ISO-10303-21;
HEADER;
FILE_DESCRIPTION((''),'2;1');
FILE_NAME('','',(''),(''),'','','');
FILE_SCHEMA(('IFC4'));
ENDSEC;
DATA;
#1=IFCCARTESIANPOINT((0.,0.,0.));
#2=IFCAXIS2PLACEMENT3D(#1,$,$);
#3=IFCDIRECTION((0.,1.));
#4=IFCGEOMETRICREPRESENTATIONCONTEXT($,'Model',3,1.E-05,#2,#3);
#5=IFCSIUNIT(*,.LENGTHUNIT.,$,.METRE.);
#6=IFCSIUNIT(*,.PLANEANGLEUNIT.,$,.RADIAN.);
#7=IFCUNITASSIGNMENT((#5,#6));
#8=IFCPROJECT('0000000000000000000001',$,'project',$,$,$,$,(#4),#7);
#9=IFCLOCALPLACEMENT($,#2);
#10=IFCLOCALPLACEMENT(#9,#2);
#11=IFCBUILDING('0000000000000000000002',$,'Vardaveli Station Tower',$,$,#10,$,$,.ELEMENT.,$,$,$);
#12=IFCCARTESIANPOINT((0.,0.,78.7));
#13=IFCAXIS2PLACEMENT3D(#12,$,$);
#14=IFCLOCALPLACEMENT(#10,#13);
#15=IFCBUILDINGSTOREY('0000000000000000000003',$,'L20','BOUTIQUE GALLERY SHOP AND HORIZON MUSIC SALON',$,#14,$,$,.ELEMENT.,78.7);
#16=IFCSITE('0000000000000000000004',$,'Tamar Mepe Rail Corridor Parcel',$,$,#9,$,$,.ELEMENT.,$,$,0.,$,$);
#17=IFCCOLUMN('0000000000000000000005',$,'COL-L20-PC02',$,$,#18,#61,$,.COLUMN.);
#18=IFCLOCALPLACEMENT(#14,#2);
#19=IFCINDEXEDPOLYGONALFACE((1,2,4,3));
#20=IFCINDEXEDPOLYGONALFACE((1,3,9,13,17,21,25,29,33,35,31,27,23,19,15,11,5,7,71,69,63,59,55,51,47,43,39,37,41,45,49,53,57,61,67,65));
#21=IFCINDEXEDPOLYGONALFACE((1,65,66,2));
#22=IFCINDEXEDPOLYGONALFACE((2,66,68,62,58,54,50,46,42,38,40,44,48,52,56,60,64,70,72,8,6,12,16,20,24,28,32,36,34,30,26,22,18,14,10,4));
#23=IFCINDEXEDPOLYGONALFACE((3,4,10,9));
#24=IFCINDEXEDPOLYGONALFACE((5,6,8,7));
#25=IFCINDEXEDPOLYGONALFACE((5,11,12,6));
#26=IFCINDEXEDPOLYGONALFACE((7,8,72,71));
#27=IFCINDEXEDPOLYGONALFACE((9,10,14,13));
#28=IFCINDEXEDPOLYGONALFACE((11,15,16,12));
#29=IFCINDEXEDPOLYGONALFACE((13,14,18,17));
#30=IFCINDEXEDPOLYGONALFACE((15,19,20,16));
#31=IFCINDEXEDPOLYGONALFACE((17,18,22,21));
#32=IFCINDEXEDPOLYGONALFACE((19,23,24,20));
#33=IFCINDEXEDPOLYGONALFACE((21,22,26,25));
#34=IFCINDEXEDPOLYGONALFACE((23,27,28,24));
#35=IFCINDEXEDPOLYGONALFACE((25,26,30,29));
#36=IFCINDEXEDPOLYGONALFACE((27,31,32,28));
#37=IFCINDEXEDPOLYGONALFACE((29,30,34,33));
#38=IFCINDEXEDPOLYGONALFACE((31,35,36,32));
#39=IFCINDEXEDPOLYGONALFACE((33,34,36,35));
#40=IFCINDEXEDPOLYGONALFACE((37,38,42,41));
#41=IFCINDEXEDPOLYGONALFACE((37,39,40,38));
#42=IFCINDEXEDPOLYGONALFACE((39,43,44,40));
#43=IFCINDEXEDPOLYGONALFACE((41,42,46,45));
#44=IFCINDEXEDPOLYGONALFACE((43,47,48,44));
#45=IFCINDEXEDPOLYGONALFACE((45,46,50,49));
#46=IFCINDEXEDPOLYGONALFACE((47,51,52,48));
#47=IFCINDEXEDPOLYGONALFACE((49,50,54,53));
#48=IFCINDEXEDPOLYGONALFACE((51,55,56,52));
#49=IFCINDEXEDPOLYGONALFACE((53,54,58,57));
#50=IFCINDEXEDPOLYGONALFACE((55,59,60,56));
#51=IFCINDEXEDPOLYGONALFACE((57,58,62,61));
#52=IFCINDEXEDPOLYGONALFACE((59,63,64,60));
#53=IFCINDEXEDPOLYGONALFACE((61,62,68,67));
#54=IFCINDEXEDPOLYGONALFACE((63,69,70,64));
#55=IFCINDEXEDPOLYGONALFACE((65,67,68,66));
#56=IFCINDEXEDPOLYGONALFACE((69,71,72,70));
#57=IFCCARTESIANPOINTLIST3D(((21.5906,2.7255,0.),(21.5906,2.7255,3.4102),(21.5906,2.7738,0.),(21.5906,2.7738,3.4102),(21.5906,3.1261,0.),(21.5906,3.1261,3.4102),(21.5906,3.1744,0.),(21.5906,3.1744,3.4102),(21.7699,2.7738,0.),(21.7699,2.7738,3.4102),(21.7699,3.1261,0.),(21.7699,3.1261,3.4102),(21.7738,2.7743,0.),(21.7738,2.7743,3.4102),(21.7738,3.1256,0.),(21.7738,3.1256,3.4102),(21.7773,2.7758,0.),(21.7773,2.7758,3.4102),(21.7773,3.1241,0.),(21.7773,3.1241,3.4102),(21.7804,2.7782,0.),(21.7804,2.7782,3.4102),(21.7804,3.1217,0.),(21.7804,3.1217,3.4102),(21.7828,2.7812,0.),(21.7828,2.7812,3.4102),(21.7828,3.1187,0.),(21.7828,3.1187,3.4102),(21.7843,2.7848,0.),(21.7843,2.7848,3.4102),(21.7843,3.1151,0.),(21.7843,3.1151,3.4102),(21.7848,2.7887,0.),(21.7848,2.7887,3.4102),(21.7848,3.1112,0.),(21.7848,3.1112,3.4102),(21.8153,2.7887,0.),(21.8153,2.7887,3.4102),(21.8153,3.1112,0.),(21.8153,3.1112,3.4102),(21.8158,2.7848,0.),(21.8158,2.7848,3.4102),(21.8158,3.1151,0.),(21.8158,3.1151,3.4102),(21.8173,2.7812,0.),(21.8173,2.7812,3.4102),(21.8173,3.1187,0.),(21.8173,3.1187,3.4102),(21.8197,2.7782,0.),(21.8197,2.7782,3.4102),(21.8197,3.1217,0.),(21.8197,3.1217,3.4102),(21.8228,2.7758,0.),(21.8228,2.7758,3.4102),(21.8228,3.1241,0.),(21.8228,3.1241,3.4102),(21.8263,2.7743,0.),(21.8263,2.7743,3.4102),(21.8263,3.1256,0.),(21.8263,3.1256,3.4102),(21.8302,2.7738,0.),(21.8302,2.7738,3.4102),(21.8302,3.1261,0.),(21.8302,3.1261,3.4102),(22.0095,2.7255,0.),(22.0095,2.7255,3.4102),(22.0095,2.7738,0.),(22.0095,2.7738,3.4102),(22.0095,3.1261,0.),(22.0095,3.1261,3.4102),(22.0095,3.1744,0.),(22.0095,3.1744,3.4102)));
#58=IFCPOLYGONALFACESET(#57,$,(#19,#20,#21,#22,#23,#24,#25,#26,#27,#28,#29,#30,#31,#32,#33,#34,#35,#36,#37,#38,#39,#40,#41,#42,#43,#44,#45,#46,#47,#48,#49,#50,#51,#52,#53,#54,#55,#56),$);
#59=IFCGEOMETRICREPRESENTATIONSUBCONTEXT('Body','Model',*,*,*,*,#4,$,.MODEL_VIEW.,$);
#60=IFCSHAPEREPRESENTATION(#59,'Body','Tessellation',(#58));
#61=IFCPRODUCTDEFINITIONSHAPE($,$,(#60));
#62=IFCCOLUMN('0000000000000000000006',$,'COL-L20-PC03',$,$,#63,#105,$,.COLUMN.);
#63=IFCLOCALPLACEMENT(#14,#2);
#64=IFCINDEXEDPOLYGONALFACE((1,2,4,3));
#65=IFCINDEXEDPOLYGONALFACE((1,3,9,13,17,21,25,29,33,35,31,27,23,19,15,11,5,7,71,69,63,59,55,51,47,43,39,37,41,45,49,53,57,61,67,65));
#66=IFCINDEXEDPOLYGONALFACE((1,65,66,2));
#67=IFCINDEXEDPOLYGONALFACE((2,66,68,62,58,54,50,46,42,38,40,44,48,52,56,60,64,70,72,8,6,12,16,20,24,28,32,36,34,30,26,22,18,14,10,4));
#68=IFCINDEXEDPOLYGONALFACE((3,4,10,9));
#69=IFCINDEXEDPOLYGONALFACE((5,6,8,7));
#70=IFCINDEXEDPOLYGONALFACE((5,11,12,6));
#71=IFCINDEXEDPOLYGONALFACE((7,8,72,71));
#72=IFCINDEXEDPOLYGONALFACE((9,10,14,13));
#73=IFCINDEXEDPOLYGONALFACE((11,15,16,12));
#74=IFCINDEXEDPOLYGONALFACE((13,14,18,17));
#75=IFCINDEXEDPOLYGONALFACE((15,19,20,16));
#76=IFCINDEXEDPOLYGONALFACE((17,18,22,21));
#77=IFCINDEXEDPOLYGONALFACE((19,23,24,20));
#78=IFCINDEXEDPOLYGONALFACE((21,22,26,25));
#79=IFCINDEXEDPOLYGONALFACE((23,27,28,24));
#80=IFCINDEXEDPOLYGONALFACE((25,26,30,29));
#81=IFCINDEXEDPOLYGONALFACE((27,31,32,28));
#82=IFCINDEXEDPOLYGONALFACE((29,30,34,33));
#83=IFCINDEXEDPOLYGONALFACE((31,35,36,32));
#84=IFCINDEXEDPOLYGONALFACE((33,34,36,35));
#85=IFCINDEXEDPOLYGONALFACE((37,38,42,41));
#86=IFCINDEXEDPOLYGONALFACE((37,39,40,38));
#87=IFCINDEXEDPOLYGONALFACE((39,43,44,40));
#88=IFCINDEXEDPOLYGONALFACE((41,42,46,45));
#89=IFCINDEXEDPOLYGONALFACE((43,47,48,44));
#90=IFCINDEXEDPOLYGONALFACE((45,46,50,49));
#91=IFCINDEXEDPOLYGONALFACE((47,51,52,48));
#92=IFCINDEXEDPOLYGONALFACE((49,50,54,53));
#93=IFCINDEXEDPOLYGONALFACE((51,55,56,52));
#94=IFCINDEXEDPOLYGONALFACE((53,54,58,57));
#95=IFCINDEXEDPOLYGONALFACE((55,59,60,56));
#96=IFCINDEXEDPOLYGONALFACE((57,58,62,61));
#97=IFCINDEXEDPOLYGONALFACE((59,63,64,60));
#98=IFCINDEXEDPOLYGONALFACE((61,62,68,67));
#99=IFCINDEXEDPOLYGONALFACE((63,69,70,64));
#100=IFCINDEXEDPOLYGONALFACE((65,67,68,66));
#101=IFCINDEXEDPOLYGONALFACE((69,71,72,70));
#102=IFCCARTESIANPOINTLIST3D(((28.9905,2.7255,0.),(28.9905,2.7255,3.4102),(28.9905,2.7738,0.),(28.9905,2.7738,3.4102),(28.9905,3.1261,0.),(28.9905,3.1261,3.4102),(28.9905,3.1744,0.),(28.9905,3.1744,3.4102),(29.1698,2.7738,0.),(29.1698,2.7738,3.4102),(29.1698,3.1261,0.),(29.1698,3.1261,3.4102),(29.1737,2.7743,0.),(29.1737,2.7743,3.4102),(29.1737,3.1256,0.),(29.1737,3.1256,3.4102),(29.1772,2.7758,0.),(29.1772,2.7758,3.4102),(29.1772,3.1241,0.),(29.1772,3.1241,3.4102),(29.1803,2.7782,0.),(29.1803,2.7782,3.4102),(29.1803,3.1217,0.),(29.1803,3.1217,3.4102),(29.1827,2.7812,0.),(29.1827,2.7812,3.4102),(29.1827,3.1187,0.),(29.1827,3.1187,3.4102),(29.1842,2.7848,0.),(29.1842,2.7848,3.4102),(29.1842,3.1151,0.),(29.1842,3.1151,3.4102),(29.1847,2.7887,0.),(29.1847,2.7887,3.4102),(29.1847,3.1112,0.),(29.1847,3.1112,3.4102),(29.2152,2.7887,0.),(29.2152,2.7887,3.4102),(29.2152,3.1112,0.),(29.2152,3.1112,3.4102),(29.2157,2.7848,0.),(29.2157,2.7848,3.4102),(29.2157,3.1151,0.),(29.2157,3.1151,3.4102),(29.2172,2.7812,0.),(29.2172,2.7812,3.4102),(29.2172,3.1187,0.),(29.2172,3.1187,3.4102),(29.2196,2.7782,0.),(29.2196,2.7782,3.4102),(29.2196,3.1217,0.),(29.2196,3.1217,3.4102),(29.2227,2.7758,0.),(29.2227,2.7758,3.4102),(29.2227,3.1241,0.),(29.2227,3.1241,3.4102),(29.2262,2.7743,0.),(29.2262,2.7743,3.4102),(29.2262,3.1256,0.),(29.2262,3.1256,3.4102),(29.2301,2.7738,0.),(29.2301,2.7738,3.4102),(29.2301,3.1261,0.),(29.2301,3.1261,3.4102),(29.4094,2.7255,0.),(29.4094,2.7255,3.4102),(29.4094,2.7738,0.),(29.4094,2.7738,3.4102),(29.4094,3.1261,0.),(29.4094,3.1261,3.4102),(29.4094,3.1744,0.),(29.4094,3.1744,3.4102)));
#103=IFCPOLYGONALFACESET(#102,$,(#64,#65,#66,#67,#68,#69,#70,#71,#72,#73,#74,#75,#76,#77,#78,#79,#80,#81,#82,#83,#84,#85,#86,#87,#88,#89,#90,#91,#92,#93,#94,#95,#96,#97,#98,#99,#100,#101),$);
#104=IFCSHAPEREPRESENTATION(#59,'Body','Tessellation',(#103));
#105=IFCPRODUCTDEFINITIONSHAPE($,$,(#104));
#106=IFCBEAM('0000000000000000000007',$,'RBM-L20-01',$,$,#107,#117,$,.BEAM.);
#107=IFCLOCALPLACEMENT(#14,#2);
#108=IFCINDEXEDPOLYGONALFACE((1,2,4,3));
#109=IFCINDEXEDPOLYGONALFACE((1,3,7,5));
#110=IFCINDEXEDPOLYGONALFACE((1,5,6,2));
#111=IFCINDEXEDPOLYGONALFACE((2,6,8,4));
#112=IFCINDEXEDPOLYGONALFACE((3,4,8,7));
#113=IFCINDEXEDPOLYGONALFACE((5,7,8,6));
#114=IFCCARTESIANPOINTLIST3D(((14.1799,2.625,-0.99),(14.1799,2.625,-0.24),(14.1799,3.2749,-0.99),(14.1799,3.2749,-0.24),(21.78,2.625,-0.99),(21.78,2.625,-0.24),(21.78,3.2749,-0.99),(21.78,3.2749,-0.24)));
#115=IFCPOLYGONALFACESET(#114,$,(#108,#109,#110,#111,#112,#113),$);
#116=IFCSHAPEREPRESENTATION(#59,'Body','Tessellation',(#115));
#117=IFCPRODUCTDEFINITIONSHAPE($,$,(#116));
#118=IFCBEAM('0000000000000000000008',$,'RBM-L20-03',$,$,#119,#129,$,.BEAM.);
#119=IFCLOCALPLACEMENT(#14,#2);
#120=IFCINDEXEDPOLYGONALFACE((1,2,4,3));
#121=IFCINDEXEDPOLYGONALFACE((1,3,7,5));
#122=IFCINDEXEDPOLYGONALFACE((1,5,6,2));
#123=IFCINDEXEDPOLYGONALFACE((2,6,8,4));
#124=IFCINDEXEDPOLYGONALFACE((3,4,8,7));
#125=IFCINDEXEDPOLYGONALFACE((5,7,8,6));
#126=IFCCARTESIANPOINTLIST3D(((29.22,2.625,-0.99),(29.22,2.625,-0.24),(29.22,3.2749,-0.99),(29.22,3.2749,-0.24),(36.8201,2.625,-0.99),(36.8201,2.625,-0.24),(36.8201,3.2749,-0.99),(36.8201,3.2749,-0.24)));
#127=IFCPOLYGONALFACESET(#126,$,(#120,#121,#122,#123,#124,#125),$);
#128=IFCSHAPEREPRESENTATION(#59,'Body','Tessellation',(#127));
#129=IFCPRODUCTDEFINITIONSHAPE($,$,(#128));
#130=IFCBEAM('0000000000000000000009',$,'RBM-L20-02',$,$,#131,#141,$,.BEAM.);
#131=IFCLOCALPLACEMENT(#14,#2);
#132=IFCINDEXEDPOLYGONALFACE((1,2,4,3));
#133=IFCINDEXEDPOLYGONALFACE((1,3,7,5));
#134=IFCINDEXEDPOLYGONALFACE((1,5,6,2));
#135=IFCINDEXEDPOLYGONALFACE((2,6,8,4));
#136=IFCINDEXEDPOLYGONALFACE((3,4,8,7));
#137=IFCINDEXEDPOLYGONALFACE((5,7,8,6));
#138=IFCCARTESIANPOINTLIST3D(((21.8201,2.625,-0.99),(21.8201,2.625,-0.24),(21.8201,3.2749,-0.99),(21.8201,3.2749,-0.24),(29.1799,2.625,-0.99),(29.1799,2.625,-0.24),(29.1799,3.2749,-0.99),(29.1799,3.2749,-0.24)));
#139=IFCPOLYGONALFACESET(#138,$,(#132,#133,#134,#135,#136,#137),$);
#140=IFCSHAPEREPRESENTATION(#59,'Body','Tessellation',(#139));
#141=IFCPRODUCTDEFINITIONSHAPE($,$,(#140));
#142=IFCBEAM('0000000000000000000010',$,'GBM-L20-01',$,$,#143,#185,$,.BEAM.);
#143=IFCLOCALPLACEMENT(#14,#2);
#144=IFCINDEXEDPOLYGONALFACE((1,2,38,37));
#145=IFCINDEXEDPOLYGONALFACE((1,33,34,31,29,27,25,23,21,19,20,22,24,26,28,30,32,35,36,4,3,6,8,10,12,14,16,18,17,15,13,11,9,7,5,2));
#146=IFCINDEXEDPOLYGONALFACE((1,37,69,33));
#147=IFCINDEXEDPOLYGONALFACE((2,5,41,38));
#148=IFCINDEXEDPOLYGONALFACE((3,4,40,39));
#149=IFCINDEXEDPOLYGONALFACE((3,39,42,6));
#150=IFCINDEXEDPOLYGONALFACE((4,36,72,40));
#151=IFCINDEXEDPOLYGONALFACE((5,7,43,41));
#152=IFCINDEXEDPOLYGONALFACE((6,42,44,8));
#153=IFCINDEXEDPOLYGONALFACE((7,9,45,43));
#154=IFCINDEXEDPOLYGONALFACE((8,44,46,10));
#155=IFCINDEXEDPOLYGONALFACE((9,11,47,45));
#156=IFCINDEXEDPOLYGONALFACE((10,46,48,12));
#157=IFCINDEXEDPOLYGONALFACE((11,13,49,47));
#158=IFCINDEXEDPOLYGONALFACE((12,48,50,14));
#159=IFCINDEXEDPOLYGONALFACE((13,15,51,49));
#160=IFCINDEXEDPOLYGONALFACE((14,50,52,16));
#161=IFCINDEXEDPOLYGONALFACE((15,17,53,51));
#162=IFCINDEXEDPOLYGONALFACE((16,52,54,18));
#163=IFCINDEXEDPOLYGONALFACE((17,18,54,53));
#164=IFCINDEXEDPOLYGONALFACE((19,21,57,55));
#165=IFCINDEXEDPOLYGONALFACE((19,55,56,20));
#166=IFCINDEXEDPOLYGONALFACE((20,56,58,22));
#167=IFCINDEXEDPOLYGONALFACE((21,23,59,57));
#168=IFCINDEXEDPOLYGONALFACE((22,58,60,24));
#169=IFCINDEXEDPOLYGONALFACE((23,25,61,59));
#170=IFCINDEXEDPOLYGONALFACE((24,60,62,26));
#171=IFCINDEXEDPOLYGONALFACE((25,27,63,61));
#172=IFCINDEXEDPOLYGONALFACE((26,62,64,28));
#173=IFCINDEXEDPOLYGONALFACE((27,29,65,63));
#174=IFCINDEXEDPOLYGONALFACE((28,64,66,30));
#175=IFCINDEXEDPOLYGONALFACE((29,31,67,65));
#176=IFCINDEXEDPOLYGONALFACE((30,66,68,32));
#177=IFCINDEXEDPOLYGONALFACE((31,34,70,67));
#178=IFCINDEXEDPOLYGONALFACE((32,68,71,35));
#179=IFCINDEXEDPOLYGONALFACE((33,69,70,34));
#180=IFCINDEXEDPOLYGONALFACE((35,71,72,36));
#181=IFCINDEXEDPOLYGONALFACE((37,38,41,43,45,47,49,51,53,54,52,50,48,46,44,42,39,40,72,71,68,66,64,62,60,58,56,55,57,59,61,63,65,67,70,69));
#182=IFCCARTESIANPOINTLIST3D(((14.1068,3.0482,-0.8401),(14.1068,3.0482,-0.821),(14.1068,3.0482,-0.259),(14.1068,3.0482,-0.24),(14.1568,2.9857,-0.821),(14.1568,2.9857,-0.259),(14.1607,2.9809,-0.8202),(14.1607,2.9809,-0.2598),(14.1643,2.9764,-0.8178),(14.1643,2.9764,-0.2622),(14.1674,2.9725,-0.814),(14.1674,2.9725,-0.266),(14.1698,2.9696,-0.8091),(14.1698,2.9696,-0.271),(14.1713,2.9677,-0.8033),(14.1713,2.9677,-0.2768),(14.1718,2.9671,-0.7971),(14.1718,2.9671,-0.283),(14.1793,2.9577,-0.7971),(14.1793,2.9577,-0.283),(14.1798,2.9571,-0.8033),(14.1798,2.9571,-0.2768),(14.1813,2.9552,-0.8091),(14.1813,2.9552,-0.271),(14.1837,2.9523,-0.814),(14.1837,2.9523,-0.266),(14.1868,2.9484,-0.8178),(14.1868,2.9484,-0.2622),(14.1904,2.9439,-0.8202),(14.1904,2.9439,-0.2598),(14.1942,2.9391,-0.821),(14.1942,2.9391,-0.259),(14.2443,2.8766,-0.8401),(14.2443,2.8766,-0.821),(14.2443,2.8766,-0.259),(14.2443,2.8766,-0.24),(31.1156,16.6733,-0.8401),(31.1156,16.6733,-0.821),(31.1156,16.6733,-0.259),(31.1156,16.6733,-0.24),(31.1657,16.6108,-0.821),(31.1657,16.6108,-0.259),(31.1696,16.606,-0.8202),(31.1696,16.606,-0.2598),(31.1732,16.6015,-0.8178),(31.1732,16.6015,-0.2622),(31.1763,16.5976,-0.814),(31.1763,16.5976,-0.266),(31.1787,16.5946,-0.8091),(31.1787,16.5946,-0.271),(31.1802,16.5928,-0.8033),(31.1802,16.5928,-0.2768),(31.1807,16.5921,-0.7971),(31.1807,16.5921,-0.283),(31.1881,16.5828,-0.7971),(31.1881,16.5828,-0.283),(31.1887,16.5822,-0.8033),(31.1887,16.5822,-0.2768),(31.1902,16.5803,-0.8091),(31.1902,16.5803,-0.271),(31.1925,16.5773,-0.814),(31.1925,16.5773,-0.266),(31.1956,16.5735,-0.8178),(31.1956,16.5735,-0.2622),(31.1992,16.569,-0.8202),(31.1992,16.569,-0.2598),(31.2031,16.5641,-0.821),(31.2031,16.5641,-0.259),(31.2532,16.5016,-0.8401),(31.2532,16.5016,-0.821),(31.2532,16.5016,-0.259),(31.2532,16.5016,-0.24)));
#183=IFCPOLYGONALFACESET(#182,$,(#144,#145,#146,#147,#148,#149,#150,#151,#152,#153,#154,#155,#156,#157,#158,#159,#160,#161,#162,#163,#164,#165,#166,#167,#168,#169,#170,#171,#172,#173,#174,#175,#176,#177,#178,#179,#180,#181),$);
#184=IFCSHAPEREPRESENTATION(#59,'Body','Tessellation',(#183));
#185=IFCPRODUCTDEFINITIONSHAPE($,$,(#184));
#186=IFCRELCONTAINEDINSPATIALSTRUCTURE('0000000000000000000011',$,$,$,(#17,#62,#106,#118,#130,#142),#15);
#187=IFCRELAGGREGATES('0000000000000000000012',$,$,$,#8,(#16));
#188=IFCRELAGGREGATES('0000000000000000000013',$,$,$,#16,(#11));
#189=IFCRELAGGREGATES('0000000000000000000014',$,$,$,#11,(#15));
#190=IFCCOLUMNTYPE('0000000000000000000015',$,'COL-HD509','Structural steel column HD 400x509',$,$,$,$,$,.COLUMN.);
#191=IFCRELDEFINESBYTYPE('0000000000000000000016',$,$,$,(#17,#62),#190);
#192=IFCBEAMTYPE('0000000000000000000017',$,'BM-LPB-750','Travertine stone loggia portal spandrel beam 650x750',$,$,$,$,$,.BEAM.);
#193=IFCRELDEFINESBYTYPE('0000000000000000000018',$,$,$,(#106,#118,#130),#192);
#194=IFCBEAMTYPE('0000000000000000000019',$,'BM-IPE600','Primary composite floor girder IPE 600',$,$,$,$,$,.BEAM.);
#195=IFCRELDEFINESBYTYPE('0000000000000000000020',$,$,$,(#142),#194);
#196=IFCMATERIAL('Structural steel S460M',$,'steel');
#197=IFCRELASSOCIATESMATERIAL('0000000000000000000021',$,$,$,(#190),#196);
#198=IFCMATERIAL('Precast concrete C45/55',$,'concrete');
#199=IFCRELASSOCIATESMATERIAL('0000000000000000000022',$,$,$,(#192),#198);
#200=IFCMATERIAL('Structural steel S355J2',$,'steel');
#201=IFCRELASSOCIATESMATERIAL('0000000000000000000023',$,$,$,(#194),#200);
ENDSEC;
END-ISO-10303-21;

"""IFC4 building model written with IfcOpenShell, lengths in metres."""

from ifc_helpers import new_model, si_unit, direction, frame, origin, origin_2d, place, context, subcontext, project, spatial, rectangle, i_section, extrude, source, transform, mapped, material, material_profile, profile_set, type_object, element, save


model = new_model("IFC4")

# Units and contexts
model_context = context("Model", 3, precision=1e-05, world=origin(), true_north=direction((0.0, 1.0)))
body_context = subcontext(model_context, "Body", "Model", "MODEL_VIEW")
ifc_project = project(units=[si_unit("LENGTHUNIT", "METRE"), si_unit("PLANEANGLEUNIT", "RADIAN")], contexts=[model_context])

# Site, building, storey
site_placement = place(None, origin())
site = spatial("IfcSite", under=ifc_project, at=site_placement, Name="Tamar Mepe Rail Corridor Parcel", CompositionType="ELEMENT", RefElevation=0.0)
building_placement = place(site_placement, origin())
building = spatial("IfcBuilding", under=site, at=building_placement, Name="Vardaveli Station Tower", CompositionType="ELEMENT")
storey_placement = place(building_placement, frame((0.0, 0.0, 78.7)))
storey = spatial("IfcBuildingStorey", under=building, at=storey_placement, Name="L20", Description="BOUTIQUE GALLERY SHOP AND HORIZON MUSIC SALON", CompositionType="ELEMENT", Elevation=78.7)

# Columns
ifc_material_1 = material(Name="Structural steel S460M", Category="steel")
ifc_material_profile_1 = material_profile(ifc_material_1, i_section(OverallWidth=0.4189, OverallDepth=0.449, WebThickness=0.0305, FlangeThickness=0.0483, FilletRadius=0.0149, at=origin_2d()), Name="HD 400x509")
ifc_profile_set_1 = profile_set([ifc_material_profile_1], Name="Structural steel S460M")
column_type = type_object("IfcColumnType", Name="COL-HD509", Description="Structural steel column HD 400x509", PredefinedType="COLUMN", material=ifc_profile_set_1)
shared_shape_1 = source(origin(), body_context, "Body", "SweptSolid", [
    extrude(i_section(OverallWidth=0.4189, OverallDepth=0.449, WebThickness=0.0305, FlangeThickness=0.0483, FilletRadius=0.0149, at=origin_2d()), origin(), (0.0, 0.0, 1.0), 3.4102),
])
for number, where, z_axis, x_axis, name in (
    (1, (21.8, 2.95, 0.0), (0.0, 0.0, 1.0), (1.0, 0.0, 0.0), "COL-L20-PC02"),
    (2, (29.2, 2.95, 0.0), (0.0, 0.0, 1.0), (1.0, 0.0, 0.0), "COL-L20-PC03"),
):
    element("IfcColumn", number, at=place(storey_placement, frame(where, z_axis=z_axis, x_axis=x_axis)), inside=storey, type_object=column_type, Name=name, PredefinedType="COLUMN", context=body_context, shape_type="MappedRepresentation", body=[
        mapped(shared_shape_1, transform((0.0, 0.0, 0.0), scale=1.0)),
    ])

# Beams
ifc_material_2 = material(Name="Precast concrete C45/55", Category="concrete")
ifc_material_profile_2 = material_profile(ifc_material_2, rectangle(XDim=0.6499, YDim=0.75, at=origin_2d()), Name="LPB 650x750")
ifc_profile_set_2 = profile_set([ifc_material_profile_2], Name="Precast concrete C45/55")
beam_type_1 = type_object("IfcBeamType", Name="BM-LPB-750", Description="Travertine stone loggia portal spandrel beam 650x750", PredefinedType="BEAM", material=ifc_profile_set_2)
shared_shape_2 = source(origin(), body_context, "Body", "SweptSolid", [
    extrude(rectangle(XDim=0.6499, YDim=0.75, at=origin_2d()), origin(), (0.0, 0.0, 1.0), 7.6001),
])
for number, where, z_axis, x_axis, name in (
    (3, (14.1799, 2.95, -0.615), (1.0, 0.0, 0.0), (0.0, 1.0, 0.0), "RBM-L20-01"),
    (4, (29.22, 2.95, -0.615), (1.0, 0.0, 0.0), (0.0, 1.0, 0.0), "RBM-L20-03"),
):
    element("IfcBeam", number, at=place(storey_placement, frame(where, z_axis=z_axis, x_axis=x_axis)), inside=storey, type_object=beam_type_1, Name=name, PredefinedType="BEAM", context=body_context, shape_type="MappedRepresentation", body=[
        mapped(shared_shape_2, transform((0.0, 0.0, 0.0), scale=1.0)),
    ])
shared_shape_3 = source(origin(), body_context, "Body", "SweptSolid", [
    extrude(rectangle(XDim=0.6499, YDim=0.75, at=origin_2d()), origin(), (0.0, 0.0, 1.0), 7.3599),
])
beam_1_placement = place(storey_placement, frame((21.8201, 2.95, -0.615), z_axis=(1.0, 0.0, 0.0), x_axis=(0.0, 1.0, 0.0)))
element("IfcBeam", 5, at=beam_1_placement, inside=storey, type_object=beam_type_1, Name="RBM-L20-02", PredefinedType="BEAM", context=body_context, shape_type="MappedRepresentation", body=[
    mapped(shared_shape_3, transform((0.0, 0.0, 0.0), scale=1.0)),
])
ifc_material_3 = material(Name="Structural steel S355J2", Category="steel")
ifc_material_profile_3 = material_profile(ifc_material_3, i_section(OverallWidth=0.22, OverallDepth=0.6001, WebThickness=0.012, FlangeThickness=0.019, FilletRadius=0.0239, at=origin_2d()), Name="IPE 600")
ifc_profile_set_3 = profile_set([ifc_material_profile_3], Name="Structural steel S355J2")
beam_type_2 = type_object("IfcBeamType", Name="BM-IPE600", Description="Primary composite floor girder IPE 600", PredefinedType="BEAM", material=ifc_profile_set_3)
shared_shape_4 = source(origin(), body_context, "Body", "SweptSolid", [
    extrude(i_section(OverallWidth=0.22, OverallDepth=0.6001, WebThickness=0.012, FlangeThickness=0.019, FilletRadius=0.0239, at=origin_2d()), origin(), (0.0, 0.0, 1.0), 21.7932),
])
beam_2_placement = place(storey_placement, frame((14.1755, 2.9624, -0.54), z_axis=(0.780466, 0.625198, 0.0), x_axis=(-0.625198, 0.780466, 0.0)))
element("IfcBeam", 6, at=beam_2_placement, inside=storey, type_object=beam_type_2, Name="GBM-L20-01", PredefinedType="BEAM", context=body_context, shape_type="MappedRepresentation", body=[
    mapped(shared_shape_4, transform((0.0, 0.0, 0.0), scale=1.0)),
])

save(model, "model.ifc")
